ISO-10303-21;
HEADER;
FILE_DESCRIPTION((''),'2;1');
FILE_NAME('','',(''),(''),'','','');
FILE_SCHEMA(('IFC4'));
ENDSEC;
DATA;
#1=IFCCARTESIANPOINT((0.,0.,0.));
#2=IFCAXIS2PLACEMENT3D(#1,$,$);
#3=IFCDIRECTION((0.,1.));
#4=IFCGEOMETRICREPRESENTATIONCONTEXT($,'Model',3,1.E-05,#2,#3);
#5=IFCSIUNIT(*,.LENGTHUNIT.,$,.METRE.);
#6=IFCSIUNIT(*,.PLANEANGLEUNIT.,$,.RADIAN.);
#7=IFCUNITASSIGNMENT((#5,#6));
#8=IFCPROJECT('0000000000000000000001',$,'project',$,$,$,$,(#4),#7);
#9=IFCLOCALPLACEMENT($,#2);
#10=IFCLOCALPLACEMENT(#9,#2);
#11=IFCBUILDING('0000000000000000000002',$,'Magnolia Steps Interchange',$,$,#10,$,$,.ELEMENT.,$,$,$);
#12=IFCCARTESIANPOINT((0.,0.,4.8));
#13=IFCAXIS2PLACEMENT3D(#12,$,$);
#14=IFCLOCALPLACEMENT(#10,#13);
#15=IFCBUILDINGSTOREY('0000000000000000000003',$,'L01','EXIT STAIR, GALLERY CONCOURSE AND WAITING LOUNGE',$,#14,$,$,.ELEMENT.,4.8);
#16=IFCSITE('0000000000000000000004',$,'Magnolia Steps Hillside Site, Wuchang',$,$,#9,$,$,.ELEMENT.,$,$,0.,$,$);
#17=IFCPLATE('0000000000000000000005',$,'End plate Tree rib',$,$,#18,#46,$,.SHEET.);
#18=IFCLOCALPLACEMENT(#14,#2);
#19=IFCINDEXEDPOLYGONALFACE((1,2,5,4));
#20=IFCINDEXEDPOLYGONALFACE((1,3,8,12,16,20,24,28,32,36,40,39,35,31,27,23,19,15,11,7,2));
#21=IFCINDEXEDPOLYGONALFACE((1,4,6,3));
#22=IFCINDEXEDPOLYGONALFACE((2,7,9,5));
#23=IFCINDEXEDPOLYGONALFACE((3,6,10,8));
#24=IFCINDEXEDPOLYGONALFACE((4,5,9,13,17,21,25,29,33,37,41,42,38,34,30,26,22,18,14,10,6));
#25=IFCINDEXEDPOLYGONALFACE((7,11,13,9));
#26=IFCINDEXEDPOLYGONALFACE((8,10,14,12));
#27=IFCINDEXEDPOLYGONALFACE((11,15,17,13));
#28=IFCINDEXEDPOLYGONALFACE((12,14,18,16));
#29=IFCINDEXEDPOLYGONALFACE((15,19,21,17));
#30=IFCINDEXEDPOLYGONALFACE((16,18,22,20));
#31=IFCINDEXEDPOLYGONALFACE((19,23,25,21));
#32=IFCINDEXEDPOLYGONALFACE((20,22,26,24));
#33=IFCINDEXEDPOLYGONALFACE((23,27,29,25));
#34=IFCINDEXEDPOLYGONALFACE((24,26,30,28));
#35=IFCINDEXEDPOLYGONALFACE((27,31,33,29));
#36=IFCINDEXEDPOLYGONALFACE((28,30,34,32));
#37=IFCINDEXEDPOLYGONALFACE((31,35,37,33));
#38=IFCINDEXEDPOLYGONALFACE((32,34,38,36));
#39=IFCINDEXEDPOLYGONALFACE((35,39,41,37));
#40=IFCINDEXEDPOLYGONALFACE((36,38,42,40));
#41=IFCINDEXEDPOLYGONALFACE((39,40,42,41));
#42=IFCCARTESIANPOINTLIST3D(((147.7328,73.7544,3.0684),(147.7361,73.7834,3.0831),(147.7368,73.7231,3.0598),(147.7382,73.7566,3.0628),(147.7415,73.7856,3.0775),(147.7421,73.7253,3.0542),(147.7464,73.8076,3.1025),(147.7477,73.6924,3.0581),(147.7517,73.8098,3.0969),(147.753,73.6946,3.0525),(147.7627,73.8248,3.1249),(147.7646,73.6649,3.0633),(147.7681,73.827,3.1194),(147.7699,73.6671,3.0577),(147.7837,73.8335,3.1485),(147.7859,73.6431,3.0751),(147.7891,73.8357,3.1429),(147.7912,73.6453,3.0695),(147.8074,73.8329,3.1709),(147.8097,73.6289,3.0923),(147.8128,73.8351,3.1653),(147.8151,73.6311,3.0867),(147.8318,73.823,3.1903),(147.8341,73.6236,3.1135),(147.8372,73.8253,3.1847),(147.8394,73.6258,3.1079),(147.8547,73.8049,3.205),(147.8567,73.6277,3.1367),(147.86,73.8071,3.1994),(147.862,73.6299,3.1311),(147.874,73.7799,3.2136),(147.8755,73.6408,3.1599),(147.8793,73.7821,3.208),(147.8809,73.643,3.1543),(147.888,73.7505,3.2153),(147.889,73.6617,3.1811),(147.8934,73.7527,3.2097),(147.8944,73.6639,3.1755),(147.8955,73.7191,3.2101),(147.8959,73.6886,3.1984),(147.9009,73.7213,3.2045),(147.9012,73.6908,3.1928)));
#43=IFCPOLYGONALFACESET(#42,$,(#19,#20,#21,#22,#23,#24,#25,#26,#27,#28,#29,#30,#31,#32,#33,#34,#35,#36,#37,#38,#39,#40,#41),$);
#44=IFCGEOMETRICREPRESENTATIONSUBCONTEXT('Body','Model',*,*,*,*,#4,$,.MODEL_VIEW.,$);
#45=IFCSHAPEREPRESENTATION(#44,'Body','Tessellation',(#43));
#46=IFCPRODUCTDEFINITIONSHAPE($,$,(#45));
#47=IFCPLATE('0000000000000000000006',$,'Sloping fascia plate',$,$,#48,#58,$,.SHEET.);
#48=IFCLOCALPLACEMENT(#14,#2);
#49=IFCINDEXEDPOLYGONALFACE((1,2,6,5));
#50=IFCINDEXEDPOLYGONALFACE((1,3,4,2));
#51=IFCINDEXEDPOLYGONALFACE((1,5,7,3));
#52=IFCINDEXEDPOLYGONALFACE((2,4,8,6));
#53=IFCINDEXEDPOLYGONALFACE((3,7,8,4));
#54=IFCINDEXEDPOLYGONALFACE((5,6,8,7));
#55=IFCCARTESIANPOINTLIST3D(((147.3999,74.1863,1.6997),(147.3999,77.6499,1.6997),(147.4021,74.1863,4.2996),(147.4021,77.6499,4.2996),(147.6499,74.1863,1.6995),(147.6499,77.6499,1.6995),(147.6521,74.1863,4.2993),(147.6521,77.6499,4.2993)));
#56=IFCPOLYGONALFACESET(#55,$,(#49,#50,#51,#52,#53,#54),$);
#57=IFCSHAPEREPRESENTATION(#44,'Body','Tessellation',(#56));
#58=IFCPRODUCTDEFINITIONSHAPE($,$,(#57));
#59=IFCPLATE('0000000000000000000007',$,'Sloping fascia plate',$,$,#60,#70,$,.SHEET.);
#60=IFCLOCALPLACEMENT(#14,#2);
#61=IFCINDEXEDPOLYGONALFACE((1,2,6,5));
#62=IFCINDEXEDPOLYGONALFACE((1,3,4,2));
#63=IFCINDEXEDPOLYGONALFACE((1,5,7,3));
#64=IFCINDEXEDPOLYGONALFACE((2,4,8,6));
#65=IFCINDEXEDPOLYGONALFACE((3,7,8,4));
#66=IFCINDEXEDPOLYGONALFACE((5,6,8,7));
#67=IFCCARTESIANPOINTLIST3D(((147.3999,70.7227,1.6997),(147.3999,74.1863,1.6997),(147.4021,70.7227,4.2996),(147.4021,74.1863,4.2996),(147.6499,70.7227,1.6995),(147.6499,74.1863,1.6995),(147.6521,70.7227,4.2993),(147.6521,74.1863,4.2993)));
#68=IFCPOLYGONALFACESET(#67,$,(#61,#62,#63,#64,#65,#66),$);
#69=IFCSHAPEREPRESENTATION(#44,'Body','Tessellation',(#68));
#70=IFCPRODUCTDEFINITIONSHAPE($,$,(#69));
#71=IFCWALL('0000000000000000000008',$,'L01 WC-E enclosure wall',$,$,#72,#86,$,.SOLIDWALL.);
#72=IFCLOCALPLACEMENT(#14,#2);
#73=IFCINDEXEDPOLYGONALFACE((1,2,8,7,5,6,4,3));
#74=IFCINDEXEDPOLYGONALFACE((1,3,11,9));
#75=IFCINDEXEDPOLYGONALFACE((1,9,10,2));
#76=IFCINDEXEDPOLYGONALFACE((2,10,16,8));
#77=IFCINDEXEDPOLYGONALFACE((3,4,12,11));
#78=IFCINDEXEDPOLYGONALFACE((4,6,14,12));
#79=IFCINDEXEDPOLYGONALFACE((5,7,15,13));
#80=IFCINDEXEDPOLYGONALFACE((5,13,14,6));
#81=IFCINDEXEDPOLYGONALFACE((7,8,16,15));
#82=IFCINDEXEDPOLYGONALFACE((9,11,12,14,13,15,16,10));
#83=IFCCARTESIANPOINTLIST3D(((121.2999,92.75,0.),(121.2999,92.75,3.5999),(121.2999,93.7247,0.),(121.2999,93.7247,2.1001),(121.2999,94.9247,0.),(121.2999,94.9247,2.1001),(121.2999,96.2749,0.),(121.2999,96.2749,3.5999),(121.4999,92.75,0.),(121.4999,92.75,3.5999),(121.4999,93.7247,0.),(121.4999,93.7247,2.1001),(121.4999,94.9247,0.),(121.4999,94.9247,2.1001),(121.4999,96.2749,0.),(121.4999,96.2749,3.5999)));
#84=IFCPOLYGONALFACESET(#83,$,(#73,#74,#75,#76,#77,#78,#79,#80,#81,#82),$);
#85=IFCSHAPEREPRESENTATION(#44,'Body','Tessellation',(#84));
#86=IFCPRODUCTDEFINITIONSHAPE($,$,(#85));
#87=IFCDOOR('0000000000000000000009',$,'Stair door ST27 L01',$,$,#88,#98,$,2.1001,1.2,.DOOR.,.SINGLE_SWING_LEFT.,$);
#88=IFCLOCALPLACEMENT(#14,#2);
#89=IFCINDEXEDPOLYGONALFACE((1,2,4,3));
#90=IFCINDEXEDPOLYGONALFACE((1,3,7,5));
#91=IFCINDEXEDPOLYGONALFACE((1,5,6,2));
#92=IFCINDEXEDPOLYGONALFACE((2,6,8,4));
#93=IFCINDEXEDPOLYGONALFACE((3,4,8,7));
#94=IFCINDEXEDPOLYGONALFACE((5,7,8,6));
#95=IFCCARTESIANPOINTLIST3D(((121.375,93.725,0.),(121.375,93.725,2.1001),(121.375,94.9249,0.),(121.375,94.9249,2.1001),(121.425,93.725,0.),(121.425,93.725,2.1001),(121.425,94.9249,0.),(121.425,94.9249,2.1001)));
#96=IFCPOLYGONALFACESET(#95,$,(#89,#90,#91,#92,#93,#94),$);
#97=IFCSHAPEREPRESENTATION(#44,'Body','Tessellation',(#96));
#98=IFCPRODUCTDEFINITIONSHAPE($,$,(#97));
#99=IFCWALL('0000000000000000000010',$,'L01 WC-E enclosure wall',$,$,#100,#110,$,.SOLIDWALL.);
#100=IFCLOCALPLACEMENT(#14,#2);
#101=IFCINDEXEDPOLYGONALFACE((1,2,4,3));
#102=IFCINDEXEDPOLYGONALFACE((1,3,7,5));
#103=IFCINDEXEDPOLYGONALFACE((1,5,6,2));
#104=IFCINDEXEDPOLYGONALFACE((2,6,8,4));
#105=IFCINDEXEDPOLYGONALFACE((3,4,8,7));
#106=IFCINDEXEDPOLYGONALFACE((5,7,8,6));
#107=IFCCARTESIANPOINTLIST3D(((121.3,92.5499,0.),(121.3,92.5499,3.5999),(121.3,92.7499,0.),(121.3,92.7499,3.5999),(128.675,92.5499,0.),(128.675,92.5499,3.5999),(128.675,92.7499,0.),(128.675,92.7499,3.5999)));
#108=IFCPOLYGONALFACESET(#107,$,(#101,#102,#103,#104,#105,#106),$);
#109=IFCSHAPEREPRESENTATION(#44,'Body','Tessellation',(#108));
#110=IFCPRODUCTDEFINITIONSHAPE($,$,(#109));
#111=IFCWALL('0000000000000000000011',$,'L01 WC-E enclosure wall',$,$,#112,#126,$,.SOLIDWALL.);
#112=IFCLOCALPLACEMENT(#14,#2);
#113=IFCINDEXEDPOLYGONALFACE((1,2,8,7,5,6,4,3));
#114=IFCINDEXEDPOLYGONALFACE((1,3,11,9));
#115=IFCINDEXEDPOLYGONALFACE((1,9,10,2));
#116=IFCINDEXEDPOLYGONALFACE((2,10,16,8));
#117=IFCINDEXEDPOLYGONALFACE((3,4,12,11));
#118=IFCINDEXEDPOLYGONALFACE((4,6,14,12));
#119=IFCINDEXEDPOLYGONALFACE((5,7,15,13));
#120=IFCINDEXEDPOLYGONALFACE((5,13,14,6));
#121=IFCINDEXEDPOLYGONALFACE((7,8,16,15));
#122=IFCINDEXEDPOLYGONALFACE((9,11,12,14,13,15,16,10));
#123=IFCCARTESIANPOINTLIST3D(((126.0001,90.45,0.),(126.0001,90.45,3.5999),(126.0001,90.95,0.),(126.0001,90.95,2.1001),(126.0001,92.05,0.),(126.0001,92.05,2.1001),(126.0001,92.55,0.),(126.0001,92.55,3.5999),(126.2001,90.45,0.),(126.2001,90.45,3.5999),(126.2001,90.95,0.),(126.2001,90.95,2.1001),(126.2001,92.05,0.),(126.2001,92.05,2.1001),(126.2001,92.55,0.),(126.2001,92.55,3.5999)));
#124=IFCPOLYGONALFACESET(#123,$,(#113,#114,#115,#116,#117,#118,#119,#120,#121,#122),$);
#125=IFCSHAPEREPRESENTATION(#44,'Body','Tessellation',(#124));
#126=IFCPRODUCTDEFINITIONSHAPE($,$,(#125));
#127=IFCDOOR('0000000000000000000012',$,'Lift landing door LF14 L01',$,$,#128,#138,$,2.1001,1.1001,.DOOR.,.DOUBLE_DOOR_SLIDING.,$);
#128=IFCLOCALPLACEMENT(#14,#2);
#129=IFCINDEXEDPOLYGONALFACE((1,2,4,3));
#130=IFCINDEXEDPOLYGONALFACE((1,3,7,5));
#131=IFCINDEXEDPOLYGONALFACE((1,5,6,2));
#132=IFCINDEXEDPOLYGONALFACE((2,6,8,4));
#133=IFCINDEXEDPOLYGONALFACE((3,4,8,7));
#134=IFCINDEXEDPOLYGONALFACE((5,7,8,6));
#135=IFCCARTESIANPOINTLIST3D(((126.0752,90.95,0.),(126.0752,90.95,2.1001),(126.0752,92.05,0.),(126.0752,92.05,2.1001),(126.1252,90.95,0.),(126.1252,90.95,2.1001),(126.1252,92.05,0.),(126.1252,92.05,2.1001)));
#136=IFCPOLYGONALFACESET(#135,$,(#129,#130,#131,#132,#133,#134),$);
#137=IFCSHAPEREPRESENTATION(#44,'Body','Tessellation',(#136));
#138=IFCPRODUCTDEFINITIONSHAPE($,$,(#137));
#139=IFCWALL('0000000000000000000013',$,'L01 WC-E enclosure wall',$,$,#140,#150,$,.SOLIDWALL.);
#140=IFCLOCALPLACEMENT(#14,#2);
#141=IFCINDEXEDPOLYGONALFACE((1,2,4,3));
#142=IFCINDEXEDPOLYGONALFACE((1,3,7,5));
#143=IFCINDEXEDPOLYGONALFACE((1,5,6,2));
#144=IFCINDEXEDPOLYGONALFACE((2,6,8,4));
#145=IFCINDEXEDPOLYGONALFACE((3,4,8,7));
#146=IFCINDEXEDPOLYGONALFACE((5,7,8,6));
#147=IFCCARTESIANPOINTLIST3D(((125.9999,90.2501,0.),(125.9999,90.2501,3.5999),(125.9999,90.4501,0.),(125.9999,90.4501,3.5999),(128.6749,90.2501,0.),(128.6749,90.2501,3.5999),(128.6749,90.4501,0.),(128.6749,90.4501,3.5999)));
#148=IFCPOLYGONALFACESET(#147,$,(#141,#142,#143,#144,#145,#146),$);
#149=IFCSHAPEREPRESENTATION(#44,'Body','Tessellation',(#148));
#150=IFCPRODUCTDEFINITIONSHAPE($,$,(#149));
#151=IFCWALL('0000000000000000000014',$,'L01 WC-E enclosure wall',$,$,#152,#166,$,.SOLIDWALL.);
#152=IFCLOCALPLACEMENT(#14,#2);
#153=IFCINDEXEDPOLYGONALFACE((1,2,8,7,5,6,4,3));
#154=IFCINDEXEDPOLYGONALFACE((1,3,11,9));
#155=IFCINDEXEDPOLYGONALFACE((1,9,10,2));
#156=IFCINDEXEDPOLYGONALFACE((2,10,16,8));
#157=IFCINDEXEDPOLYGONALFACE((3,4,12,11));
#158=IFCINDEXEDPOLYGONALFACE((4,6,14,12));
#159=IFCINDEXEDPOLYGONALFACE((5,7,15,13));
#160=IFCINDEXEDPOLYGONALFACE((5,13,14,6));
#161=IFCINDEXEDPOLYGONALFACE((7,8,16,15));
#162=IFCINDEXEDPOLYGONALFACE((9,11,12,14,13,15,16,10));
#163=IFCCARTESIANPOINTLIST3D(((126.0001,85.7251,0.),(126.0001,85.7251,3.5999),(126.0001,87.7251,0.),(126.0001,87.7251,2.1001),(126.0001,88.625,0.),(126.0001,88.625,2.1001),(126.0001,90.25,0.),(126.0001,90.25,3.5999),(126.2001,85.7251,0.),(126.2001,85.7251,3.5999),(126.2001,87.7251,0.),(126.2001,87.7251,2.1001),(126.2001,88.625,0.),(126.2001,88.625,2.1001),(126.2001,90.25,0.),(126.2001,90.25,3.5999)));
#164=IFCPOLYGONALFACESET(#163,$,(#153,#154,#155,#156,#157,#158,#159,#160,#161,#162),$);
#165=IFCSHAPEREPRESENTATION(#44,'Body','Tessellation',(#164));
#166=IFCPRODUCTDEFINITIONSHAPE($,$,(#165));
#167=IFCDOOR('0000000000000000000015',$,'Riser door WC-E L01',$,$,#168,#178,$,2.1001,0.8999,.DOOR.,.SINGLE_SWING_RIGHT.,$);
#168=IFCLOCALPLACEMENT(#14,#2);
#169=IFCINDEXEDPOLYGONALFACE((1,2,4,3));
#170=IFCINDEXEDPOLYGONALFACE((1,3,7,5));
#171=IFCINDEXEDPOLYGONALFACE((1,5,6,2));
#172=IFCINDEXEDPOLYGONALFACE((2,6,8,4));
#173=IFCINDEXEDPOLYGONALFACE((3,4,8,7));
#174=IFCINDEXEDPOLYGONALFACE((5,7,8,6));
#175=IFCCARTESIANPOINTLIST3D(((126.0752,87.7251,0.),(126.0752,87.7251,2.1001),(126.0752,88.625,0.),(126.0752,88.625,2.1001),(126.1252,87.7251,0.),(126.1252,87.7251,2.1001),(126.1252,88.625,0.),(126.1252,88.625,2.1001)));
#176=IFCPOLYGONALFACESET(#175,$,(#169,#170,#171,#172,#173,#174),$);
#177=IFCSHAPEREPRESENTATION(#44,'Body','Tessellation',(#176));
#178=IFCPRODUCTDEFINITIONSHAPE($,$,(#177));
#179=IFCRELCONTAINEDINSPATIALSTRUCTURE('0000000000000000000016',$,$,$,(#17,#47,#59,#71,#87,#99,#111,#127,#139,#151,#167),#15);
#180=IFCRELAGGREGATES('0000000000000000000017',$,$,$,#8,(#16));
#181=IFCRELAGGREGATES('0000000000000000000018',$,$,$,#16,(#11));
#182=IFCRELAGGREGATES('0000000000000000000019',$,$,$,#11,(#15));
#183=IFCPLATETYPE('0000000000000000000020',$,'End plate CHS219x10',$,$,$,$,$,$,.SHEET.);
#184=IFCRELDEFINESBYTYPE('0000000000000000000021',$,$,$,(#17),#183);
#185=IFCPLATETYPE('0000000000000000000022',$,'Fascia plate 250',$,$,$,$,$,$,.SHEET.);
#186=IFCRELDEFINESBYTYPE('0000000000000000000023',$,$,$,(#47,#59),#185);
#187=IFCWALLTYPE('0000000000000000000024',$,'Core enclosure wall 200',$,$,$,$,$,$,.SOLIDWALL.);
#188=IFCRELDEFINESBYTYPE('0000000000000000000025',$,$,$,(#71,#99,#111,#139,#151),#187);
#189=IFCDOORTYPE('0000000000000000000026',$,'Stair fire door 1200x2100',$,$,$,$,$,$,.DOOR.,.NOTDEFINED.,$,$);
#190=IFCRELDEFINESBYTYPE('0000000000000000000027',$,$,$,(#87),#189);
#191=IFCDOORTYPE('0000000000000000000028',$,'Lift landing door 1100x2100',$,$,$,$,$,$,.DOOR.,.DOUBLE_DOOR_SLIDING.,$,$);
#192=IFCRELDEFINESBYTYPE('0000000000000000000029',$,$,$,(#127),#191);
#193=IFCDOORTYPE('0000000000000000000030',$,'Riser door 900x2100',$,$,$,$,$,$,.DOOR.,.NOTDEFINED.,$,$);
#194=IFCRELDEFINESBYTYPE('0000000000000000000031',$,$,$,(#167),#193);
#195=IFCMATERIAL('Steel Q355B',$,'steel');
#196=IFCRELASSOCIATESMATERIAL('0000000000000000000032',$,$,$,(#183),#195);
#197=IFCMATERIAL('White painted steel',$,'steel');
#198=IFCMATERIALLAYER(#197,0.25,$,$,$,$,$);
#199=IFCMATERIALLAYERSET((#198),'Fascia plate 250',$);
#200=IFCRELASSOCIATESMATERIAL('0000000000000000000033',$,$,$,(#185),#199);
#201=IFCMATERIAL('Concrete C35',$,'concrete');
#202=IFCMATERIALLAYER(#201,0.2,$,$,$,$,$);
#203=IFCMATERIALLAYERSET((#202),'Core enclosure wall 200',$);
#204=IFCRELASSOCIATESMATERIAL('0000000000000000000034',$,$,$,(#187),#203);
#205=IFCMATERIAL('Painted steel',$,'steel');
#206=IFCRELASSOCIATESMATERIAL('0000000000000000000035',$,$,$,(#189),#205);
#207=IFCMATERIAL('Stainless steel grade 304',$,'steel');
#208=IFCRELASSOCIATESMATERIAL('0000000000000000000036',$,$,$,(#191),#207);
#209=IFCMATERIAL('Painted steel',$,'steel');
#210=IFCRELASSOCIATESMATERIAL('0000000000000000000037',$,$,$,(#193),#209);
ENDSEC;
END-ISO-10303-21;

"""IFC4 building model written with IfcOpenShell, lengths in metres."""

from ifc_helpers import new_model, si_unit, direction, frame, frame_2d, origin, origin_2d, place, context, subcontext, project, spatial, polyline, rectangle, circle, outline, extrude, material, layer, layer_set, material_profile, profile_set, type_object, element, fill, save


model = new_model("IFC4")

# Units and contexts
model_context = context("Model", 3, precision=1e-05, world=origin(), true_north=direction((0.0, 1.0)))
body_context = subcontext(model_context, "Body", "Model", "MODEL_VIEW")
ifc_project = project(units=[si_unit("LENGTHUNIT", "METRE"), si_unit("PLANEANGLEUNIT", "RADIAN")], contexts=[model_context])

# Site, building, storey
site_placement = place(None, origin())
site = spatial("IfcSite", under=ifc_project, at=site_placement, Name="Magnolia Steps Hillside Site, Wuchang", CompositionType="ELEMENT", RefElevation=0.0)
building_placement = place(site_placement, origin())
building = spatial("IfcBuilding", under=site, at=building_placement, Name="Magnolia Steps Interchange", CompositionType="ELEMENT")
storey_placement = place(building_placement, frame((0.0, 0.0, 4.8)))
storey = spatial("IfcBuildingStorey", under=building, at=storey_placement, Name="L01", Description="EXIT STAIR, GALLERY CONCOURSE AND WAITING LOUNGE", CompositionType="ELEMENT", Elevation=4.8)

# Plates
ifc_material_1 = material(Name="Steel Q355B", Category="steel")
ifc_material_profile_1 = material_profile(ifc_material_1, circle(Radius=0.1096, at=origin_2d()), Name="End plate CHS219x10")
ifc_profile_set_1 = profile_set([ifc_material_profile_1], Name="Steel Q355B")
plate_type_1 = type_object("IfcPlateType", Name="End plate CHS219x10", PredefinedType="SHEET", material=ifc_profile_set_1)
for number, where, z_axis, x_axis, name in (
    (1, (147.8201, 73.7312, 3.1311), (-0.664583, -0.275279, 0.694658), (0.382683, -0.92388, 0.0), "End plate Tree rib"),
):
    element("IfcPlate", number, at=place(storey_placement, frame(where, z_axis=z_axis, x_axis=x_axis)), inside=storey, type_object=plate_type_1, Name=name, PredefinedType="SHEET", context=body_context, shape_type="SweptSolid", body=[
        extrude(circle(Radius=0.1096, at=origin_2d()), origin(), (0.0, 0.0, 1.0), 0.0081),
    ])
ifc_material_2 = material(Name="White painted steel", Category="steel")
ifc_layer_1 = layer(ifc_material_2, 0.25)
ifc_layer_set_1 = layer_set([ifc_layer_1], Name="Fascia plate 250")
plate_type_2 = type_object("IfcPlateType", Name="Fascia plate 250", PredefinedType="SHEET", material=ifc_layer_set_1)
for number, where, z_axis, x_axis, name in (
    (2, (147.3999, 77.6499, 1.6997), (-1.0, 0.0, 0.000845), (0.0, -1.0, 0.0), "Sloping fascia plate"),
    (3, (147.3999, 74.1863, 1.6997), (-1.0, 0.0, 0.000845), (0.0, -1.0, 0.0), "Sloping fascia plate"),
):
    element("IfcPlate", number, at=place(storey_placement, frame(where, z_axis=z_axis, x_axis=x_axis)), inside=storey, type_object=plate_type_2, Name=name, PredefinedType="SHEET", context=body_context, shape_type="SweptSolid", body=[
        extrude(outline(polyline([(0.0, 0.0), (3.4636, 0.0), (3.4636, 2.5999), (0.0, 2.5999), (0.0, 0.0)])), origin(), (0.0, 0.0, -1.0), 0.25),
    ])

# Wall, opening, door
ifc_material_3 = material(Name="Concrete C35", Category="concrete")
ifc_layer_2 = layer(ifc_material_3, 0.2)
ifc_layer_set_2 = layer_set([ifc_layer_2], Name="Core enclosure wall 200")
wall_type_1 = type_object("IfcWallType", Name="Core enclosure wall 200", PredefinedType="SOLIDWALL", material=ifc_layer_set_2)
wall_1_placement = place(storey_placement, frame((121.3999, 96.2749, 0.0), z_axis=(0.0, 0.0, 1.0), x_axis=(0.0, -1.0, 0.0)))
wall_1 = element("IfcWall", 4, at=wall_1_placement, inside=storey, type_object=wall_type_1, Name="L01 WC-E enclosure wall", PredefinedType="SOLIDWALL", context=body_context, shape_type="SweptSolid", body=[
    extrude(rectangle(XDim=3.5249, YDim=0.2, at=frame_2d((1.7625, 0.0))), origin(), (0.0, 0.0, 1.0), 3.5999),
])
opening_1_placement = place(wall_1_placement, frame((1.3501, 0.0, 0.0)))
opening_1 = element("IfcOpeningElement", 5, at=opening_1_placement, cuts=wall_1, PredefinedType="OPENING", context=body_context, shape_type="SweptSolid", body=[
    extrude(rectangle(XDim=1.2, YDim=2.1001, at=frame_2d((0.6001, 1.05))), frame((0.0, 0.1099, 0.0), z_axis=(0.0, -1.0, 0.0), x_axis=(1.0, 0.0, 0.0)), (0.0, 0.0, 1.0), 0.22),
])
ifc_material_4 = material(Name="Painted steel", Category="steel")
door_type_1 = type_object("IfcDoorType", Name="Stair fire door 1200x2100", OperationType="NOTDEFINED", PredefinedType="DOOR", material=ifc_material_4)
door_1_placement = place(opening_1_placement, frame((1.2, 0.0, 0.0), z_axis=(0.0, 0.0, 1.0), x_axis=(-1.0, 0.0, 0.0)))
door_1 = element("IfcDoor", 6, at=door_1_placement, inside=storey, type_object=door_type_1, Name="Stair door ST27 L01", OperationType="SINGLE_SWING_LEFT", OverallHeight=2.1001, OverallWidth=1.2, PredefinedType="DOOR", context=body_context, shape_type="SweptSolid", body=[
    extrude(rectangle(XDim=1.2, YDim=2.1001, at=frame_2d((0.6001, 1.05))), frame((0.0, 0.0249, 0.0), z_axis=(0.0, -1.0, 0.0), x_axis=(1.0, 0.0, 0.0)), (0.0, 0.0, 1.0), 0.05),
])
fill(opening_1, door_1)

# Wall
wall_2_placement = place(storey_placement, frame((121.3, 92.6499, 0.0), z_axis=(0.0, 0.0, 1.0), x_axis=(1.0, 0.0, 0.0)))
element("IfcWall", 7, at=wall_2_placement, inside=storey, type_object=wall_type_1, Name="L01 WC-E enclosure wall", PredefinedType="SOLIDWALL", context=body_context, shape_type="SweptSolid", body=[
    extrude(rectangle(XDim=7.375, YDim=0.2, at=frame_2d((3.6875, 0.0))), origin(), (0.0, 0.0, 1.0), 3.5999),
])

# Wall, opening, door
wall_3_placement = place(storey_placement, frame((126.1001, 92.55, 0.0), z_axis=(0.0, 0.0, 1.0), x_axis=(0.0, -1.0, 0.0)))
wall_3 = element("IfcWall", 8, at=wall_3_placement, inside=storey, type_object=wall_type_1, Name="L01 WC-E enclosure wall", PredefinedType="SOLIDWALL", context=body_context, shape_type="SweptSolid", body=[
    extrude(rectangle(XDim=2.1001, YDim=0.2, at=frame_2d((1.05, 0.0))), origin(), (0.0, 0.0, 1.0), 3.5999),
])
opening_2_placement = place(wall_3_placement, frame((0.5, 0.0, 0.0)))
opening_2 = element("IfcOpeningElement", 9, at=opening_2_placement, cuts=wall_3, PredefinedType="OPENING", context=body_context, shape_type="SweptSolid", body=[
    extrude(rectangle(XDim=1.1001, YDim=2.1001, at=frame_2d((0.55, 1.05))), frame((0.0, 0.1099, 0.0), z_axis=(0.0, -1.0, 0.0), x_axis=(1.0, 0.0, 0.0)), (0.0, 0.0, 1.0), 0.22),
])
ifc_material_5 = material(Name="Stainless steel grade 304", Category="steel")
door_type_2 = type_object("IfcDoorType", Name="Lift landing door 1100x2100", OperationType="DOUBLE_DOOR_SLIDING", PredefinedType="DOOR", material=ifc_material_5)
door_2_placement = place(opening_2_placement, frame((1.1001, 0.0, 0.0), z_axis=(0.0, 0.0, 1.0), x_axis=(-1.0, 0.0, 0.0)))
door_2 = element("IfcDoor", 10, at=door_2_placement, inside=storey, type_object=door_type_2, Name="Lift landing door LF14 L01", OperationType="DOUBLE_DOOR_SLIDING", OverallHeight=2.1001, OverallWidth=1.1001, PredefinedType="DOOR", context=body_context, shape_type="SweptSolid", body=[
    extrude(rectangle(XDim=1.1001, YDim=2.1001, at=frame_2d((0.55, 1.05))), frame((0.0, 0.0249, 0.0), z_axis=(0.0, -1.0, 0.0), x_axis=(1.0, 0.0, 0.0)), (0.0, 0.0, 1.0), 0.05),
])
fill(opening_2, door_2)

# Wall
wall_4_placement = place(storey_placement, frame((126.0, 90.3501, 0.0), z_axis=(0.0, 0.0, 1.0), x_axis=(1.0, 0.0, 0.0)))
element("IfcWall", 11, at=wall_4_placement, inside=storey, type_object=wall_type_1, Name="L01 WC-E enclosure wall", PredefinedType="SOLIDWALL", context=body_context, shape_type="SweptSolid", body=[
    extrude(rectangle(XDim=2.675, YDim=0.2, at=frame_2d((1.3374, 0.0))), origin(), (0.0, 0.0, 1.0), 3.5999),
])

# Wall, opening, door
wall_5_placement = place(storey_placement, frame((126.1001, 90.25, 0.0), z_axis=(0.0, 0.0, 1.0), x_axis=(0.0, -1.0, 0.0)))
wall_5 = element("IfcWall", 12, at=wall_5_placement, inside=storey, type_object=wall_type_1, Name="L01 WC-E enclosure wall", PredefinedType="SOLIDWALL", context=body_context, shape_type="SweptSolid", body=[
    extrude(rectangle(XDim=4.5249, YDim=0.2, at=frame_2d((2.2625, 0.0))), origin(), (0.0, 0.0, 1.0), 3.5999),
])
opening_3_placement = place(wall_5_placement, frame((1.625, 0.0, 0.0)))
opening_3 = element("IfcOpeningElement", 13, at=opening_3_placement, cuts=wall_5, PredefinedType="OPENING", context=body_context, shape_type="SweptSolid", body=[
    extrude(rectangle(XDim=0.8999, YDim=2.1001, at=frame_2d((0.45, 1.05))), frame((0.0, 0.1099, 0.0), z_axis=(0.0, -1.0, 0.0), x_axis=(1.0, 0.0, 0.0)), (0.0, 0.0, 1.0), 0.22),
])
ifc_material_6 = material(Name="Painted steel", Category="steel")
door_type_3 = type_object("IfcDoorType", Name="Riser door 900x2100", OperationType="NOTDEFINED", PredefinedType="DOOR", material=ifc_material_6)
door_3_placement = place(opening_3_placement, frame((0.8999, 0.0, 0.0), z_axis=(0.0, 0.0, 1.0), x_axis=(-1.0, 0.0, 0.0)))
door_3 = element("IfcDoor", 14, at=door_3_placement, inside=storey, type_object=door_type_3, Name="Riser door WC-E L01", OperationType="SINGLE_SWING_RIGHT", OverallHeight=2.1001, OverallWidth=0.8999, PredefinedType="DOOR", context=body_context, shape_type="SweptSolid", body=[
    extrude(rectangle(XDim=0.8999, YDim=2.1001, at=frame_2d((0.45, 1.05))), frame((0.0, 0.0249, 0.0), z_axis=(0.0, -1.0, 0.0), x_axis=(1.0, 0.0, 0.0)), (0.0, 0.0, 1.0), 0.05),
])
fill(opening_3, door_3)

save(model, "model.ifc")
